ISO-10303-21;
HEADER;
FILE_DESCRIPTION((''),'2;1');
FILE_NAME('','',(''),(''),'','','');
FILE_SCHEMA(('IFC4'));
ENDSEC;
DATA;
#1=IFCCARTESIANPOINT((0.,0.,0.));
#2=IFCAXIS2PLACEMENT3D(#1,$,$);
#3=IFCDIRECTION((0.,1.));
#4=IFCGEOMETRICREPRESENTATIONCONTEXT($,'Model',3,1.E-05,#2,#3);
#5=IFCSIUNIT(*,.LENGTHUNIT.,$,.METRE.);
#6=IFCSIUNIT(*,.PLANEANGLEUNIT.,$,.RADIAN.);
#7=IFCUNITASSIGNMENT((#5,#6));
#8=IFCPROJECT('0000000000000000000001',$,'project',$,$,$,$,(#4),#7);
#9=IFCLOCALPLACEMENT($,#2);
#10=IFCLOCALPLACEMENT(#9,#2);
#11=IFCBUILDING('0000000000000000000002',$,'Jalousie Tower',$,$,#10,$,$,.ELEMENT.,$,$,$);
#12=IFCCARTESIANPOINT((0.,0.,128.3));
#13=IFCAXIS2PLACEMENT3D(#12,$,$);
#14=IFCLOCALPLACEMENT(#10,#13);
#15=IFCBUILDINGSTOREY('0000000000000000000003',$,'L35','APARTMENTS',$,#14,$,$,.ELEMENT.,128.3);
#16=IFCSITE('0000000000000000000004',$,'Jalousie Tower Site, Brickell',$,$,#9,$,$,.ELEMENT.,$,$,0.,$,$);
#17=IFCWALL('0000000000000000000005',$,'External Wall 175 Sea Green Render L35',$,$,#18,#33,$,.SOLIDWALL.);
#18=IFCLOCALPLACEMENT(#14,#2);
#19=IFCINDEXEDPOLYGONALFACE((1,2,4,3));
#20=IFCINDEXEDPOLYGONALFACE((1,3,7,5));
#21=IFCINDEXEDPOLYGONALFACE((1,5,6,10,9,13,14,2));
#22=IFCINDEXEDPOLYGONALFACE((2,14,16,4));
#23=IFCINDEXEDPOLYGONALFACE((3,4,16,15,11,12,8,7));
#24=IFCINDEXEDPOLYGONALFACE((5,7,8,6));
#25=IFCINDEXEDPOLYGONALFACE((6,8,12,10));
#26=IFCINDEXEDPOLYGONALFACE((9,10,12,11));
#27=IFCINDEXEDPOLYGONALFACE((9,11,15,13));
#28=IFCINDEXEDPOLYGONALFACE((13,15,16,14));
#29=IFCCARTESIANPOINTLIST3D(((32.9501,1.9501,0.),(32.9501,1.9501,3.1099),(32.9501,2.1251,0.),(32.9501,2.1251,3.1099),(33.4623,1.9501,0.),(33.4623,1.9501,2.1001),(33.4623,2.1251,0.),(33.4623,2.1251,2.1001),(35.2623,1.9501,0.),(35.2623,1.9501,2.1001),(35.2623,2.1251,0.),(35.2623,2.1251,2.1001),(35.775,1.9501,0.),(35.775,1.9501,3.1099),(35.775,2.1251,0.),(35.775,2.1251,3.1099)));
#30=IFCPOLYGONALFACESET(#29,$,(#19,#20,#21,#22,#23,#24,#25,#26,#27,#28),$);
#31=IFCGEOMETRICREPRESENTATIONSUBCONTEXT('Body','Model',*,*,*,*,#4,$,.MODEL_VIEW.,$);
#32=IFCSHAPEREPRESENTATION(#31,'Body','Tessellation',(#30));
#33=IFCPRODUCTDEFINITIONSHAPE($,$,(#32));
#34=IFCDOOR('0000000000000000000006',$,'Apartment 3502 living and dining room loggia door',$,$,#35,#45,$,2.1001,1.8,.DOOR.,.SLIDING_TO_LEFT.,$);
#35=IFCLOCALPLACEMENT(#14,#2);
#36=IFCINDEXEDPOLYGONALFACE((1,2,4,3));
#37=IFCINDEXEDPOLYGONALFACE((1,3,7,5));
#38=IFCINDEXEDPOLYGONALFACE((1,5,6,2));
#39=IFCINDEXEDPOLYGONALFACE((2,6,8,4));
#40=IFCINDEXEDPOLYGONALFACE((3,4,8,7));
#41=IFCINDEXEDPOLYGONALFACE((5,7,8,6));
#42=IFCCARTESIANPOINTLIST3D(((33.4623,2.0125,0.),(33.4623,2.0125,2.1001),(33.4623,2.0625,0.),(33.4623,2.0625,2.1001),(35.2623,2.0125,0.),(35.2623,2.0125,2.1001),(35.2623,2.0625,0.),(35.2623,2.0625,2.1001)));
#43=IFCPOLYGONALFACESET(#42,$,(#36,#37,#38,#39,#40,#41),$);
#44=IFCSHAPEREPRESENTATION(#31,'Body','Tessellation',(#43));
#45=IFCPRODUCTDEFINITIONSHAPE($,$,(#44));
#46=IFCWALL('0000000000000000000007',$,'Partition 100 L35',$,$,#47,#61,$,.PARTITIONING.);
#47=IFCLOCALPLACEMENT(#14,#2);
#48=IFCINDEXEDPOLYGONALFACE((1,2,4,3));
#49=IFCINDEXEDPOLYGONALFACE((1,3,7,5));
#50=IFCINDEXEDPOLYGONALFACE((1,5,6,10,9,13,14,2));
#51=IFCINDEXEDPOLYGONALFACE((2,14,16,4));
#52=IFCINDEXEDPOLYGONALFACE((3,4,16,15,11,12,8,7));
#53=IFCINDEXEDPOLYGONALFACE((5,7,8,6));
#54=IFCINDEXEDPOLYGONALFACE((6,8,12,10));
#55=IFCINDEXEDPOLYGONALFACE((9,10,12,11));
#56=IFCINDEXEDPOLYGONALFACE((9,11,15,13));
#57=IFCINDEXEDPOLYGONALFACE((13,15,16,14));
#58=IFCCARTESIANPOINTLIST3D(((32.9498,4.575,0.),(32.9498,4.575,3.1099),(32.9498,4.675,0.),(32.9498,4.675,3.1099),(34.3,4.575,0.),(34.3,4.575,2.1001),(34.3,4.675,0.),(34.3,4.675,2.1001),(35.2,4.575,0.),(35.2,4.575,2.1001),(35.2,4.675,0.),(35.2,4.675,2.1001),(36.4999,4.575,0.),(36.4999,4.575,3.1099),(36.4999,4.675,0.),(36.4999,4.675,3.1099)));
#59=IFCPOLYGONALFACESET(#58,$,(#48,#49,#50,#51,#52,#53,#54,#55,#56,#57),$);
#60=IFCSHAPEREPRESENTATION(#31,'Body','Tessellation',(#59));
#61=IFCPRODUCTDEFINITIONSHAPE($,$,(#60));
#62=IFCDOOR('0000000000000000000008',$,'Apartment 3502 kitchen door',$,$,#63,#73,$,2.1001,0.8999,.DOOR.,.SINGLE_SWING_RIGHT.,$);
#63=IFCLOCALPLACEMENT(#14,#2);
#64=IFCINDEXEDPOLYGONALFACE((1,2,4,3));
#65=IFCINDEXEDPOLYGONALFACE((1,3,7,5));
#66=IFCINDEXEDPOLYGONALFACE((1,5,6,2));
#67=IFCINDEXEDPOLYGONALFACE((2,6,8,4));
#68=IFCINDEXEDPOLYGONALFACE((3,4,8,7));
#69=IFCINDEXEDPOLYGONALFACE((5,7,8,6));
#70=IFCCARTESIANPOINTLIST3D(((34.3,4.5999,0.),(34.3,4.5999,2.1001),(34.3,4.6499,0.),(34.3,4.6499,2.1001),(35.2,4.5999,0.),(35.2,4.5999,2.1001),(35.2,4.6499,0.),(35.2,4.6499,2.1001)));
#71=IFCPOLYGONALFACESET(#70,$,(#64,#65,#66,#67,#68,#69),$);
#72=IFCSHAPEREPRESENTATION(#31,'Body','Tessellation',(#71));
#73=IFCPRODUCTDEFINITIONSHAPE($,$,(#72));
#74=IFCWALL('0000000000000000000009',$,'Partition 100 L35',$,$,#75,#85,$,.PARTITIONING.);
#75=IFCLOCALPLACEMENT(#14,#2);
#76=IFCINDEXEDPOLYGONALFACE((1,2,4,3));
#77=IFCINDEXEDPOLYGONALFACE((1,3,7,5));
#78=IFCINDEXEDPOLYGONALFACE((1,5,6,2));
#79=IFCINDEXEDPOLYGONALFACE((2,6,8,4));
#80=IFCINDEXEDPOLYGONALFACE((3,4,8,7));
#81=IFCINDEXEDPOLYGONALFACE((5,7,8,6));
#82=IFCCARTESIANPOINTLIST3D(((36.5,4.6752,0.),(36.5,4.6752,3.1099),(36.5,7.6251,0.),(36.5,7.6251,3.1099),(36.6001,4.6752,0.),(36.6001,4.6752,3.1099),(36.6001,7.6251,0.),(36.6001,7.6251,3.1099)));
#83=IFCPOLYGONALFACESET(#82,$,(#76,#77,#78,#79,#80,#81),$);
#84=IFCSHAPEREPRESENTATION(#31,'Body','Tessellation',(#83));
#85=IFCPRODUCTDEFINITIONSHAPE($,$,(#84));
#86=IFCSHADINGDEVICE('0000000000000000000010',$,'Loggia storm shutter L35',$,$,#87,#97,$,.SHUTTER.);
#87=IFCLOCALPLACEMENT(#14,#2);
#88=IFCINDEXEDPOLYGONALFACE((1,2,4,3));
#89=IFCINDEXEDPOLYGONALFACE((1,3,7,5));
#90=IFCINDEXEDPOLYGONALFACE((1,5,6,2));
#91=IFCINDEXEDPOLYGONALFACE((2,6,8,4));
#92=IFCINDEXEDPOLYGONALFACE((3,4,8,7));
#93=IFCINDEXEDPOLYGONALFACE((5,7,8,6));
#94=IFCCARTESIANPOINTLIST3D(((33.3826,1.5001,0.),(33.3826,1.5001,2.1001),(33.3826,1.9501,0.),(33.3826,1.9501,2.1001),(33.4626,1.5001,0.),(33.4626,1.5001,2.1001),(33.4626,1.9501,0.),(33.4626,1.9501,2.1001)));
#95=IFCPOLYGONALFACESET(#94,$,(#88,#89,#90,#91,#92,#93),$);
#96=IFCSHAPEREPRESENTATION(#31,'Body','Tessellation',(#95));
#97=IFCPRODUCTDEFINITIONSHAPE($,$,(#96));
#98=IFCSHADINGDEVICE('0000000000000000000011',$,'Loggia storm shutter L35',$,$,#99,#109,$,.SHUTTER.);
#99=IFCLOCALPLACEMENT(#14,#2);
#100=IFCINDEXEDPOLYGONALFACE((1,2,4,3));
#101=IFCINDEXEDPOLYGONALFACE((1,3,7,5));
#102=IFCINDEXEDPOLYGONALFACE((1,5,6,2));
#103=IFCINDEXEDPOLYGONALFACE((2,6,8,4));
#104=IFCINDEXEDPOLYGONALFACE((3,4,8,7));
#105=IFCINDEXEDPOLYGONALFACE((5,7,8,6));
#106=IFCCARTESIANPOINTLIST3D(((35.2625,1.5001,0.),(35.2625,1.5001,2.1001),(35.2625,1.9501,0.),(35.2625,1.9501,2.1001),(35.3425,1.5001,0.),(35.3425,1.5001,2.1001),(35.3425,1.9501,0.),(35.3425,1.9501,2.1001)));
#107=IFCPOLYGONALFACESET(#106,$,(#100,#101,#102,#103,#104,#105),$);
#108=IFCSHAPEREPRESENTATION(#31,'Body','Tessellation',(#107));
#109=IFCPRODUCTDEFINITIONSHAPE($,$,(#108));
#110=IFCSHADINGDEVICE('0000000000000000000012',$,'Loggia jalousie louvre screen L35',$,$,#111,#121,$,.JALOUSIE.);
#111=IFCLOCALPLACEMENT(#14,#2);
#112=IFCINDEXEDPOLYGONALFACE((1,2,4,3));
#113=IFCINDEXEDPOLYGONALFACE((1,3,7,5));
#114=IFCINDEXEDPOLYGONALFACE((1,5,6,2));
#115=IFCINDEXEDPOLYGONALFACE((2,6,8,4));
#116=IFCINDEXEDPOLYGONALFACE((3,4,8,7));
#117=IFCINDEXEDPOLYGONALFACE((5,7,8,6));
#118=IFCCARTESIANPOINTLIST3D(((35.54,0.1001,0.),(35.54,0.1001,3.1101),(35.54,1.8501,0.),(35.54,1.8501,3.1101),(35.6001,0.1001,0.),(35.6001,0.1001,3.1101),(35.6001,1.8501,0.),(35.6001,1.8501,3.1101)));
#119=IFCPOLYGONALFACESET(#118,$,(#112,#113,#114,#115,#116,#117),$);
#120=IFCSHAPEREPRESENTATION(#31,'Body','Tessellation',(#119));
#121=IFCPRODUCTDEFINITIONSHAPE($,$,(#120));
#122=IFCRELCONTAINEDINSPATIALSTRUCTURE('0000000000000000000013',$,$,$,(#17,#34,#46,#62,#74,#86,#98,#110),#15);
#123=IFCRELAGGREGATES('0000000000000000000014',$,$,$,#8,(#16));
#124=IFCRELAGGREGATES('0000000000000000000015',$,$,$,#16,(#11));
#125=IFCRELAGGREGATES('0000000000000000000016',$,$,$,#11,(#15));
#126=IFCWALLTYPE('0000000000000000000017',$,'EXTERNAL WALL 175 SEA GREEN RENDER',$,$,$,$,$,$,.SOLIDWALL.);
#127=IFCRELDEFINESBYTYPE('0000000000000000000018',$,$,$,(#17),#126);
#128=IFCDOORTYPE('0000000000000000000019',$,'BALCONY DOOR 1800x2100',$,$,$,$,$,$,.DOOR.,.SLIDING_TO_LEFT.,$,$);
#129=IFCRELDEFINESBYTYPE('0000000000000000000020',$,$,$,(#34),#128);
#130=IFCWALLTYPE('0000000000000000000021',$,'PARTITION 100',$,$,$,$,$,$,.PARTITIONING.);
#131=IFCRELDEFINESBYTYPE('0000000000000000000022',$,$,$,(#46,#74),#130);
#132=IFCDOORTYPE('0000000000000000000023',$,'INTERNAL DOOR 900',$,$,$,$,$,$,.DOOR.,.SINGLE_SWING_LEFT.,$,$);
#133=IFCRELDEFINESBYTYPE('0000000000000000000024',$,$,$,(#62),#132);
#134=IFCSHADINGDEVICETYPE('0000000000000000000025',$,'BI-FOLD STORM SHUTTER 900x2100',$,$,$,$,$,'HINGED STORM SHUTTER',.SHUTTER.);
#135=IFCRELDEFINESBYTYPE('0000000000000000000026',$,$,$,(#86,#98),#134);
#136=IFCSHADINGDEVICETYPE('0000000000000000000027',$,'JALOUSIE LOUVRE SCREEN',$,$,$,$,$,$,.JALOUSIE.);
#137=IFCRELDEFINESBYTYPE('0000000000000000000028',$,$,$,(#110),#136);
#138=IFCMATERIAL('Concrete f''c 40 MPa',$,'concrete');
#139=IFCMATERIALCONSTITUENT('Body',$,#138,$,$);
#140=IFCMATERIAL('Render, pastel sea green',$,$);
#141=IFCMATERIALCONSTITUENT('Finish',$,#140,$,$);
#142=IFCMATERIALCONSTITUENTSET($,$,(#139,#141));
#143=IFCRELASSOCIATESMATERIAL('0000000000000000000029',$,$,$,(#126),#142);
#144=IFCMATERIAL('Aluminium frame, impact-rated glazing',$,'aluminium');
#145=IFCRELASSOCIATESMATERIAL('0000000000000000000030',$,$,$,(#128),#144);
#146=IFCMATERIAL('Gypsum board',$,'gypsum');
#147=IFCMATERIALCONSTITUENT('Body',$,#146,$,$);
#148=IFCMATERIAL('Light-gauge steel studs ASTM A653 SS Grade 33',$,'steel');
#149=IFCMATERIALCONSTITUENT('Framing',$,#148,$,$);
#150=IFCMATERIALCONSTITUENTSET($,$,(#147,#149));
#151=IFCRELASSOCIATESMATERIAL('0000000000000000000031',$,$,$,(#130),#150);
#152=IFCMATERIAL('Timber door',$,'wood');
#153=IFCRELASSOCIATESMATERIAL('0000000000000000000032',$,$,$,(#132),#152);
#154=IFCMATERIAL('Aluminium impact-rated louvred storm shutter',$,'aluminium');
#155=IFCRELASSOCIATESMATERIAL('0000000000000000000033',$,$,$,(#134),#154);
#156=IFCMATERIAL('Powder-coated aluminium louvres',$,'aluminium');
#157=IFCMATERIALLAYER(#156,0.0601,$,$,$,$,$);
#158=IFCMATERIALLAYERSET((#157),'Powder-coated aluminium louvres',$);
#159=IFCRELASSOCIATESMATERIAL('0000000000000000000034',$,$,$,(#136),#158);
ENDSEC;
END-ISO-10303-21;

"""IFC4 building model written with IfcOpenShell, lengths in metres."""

from ifc_helpers import new_model, si_unit, direction, frame, frame_2d, origin, origin_2d, place, context, subcontext, project, spatial, rectangle, extrude, material, layer, layer_set, constituent, constituent_set, type_object, element, fill, save


model = new_model("IFC4")

# Units and contexts
model_context = context("Model", 3, precision=1e-05, world=origin(), true_north=direction((0.0, 1.0)))
body_context = subcontext(model_context, "Body", "Model", "MODEL_VIEW")
ifc_project = project(units=[si_unit("LENGTHUNIT", "METRE"), si_unit("PLANEANGLEUNIT", "RADIAN")], contexts=[model_context])

# Site, building, storey
site_placement = place(None, origin())
site = spatial("IfcSite", under=ifc_project, at=site_placement, Name="Jalousie Tower Site, Brickell", CompositionType="ELEMENT", RefElevation=0.0)
building_placement = place(site_placement, origin())
building = spatial("IfcBuilding", under=site, at=building_placement, Name="Jalousie Tower", CompositionType="ELEMENT")
storey_placement = place(building_placement, frame((0.0, 0.0, 128.3)))
storey = spatial("IfcBuildingStorey", under=building, at=storey_placement, Name="L35", Description="APARTMENTS", CompositionType="ELEMENT", Elevation=128.3)

# Walls, openings, doors
ifc_material_1 = material(Name="Concrete f'c 40 MPa", Category="concrete")
ifc_constituent_1 = constituent(ifc_material_1, Name="Body")
ifc_material_2 = material(Name="Render, pastel sea green")
ifc_constituent_2 = constituent(ifc_material_2, Name="Finish")
ifc_constituent_set_1 = constituent_set(constituents=[ifc_constituent_1, ifc_constituent_2])
wall_type_1 = type_object("IfcWallType", Name="EXTERNAL WALL 175 SEA GREEN RENDER", PredefinedType="SOLIDWALL", material=ifc_constituent_set_1)
wall_1_placement = place(storey_placement, frame((32.95, 2.0376, 0.0), z_axis=(0.0, 0.0, 1.0), x_axis=(1.0, 0.0, 0.0)))
wall_1 = element("IfcWall", 1, at=wall_1_placement, inside=storey, type_object=wall_type_1, Name="External Wall 175 Sea Green Render L35", PredefinedType="SOLIDWALL", context=body_context, shape_type="SweptSolid", body=[
    extrude(rectangle(XDim=2.825, YDim=0.175, at=frame_2d((1.4126, 0.0))), origin(), (0.0, 0.0, 1.0), 3.1099),
])
opening_1_placement = place(wall_1_placement, frame((0.5125, 0.0, 0.0)))
opening_1 = element("IfcOpeningElement", 2, at=opening_1_placement, cuts=wall_1, PredefinedType="OPENING", context=body_context, shape_type="SweptSolid", body=[
    extrude(rectangle(XDim=1.8, YDim=2.1001, at=frame_2d((0.8999, 1.05))), frame((0.0, 0.0974, 0.0), z_axis=(0.0, -1.0, 0.0), x_axis=(1.0, 0.0, 0.0)), (0.0, 0.0, 1.0), 0.1951),
])
ifc_material_3 = material(Name="Aluminium frame, impact-rated glazing", Category="aluminium")
door_type_1 = type_object("IfcDoorType", Name="BALCONY DOOR 1800x2100", OperationType="SLIDING_TO_LEFT", PredefinedType="DOOR", material=ifc_material_3)
door_1_placement = place(opening_1_placement, origin())
door_1 = element("IfcDoor", 3, at=door_1_placement, inside=storey, type_object=door_type_1, Name="Apartment 3502 living and dining room loggia door", OperationType="SLIDING_TO_LEFT", OverallHeight=2.1001, OverallWidth=1.8, PredefinedType="DOOR", context=body_context, shape_type="SweptSolid", body=[
    extrude(rectangle(XDim=1.8, YDim=2.1001, at=frame_2d((0.8999, 1.05))), frame((0.0, 0.0249, 0.0), z_axis=(0.0, -1.0, 0.0), x_axis=(1.0, 0.0, 0.0)), (0.0, 0.0, 1.0), 0.05),
])
fill(opening_1, door_1)
ifc_material_4 = material(Name="Gypsum board", Category="gypsum")
ifc_constituent_3 = constituent(ifc_material_4, Name="Body")
ifc_material_5 = material(Name="Light-gauge steel studs ASTM A653 SS Grade 33", Category="steel")
ifc_constituent_4 = constituent(ifc_material_5, Name="Framing")
ifc_constituent_set_2 = constituent_set(constituents=[ifc_constituent_3, ifc_constituent_4])
wall_type_2 = type_object("IfcWallType", Name="PARTITION 100", PredefinedType="PARTITIONING", material=ifc_constituent_set_2)
wall_2_placement = place(storey_placement, frame((32.95, 4.625, 0.0), z_axis=(0.0, 0.0, 1.0), x_axis=(1.0, 0.0, 0.0)))
wall_2 = element("IfcWall", 4, at=wall_2_placement, inside=storey, type_object=wall_type_2, Name="Partition 100 L35", PredefinedType="PARTITIONING", context=body_context, shape_type="SweptSolid", body=[
    extrude(rectangle(XDim=3.55, YDim=0.1001, at=frame_2d((1.7749, 0.0))), origin(), (0.0, 0.0, 1.0), 3.1099),
])
opening_2_placement = place(wall_2_placement, frame((1.3501, 0.0, 0.0)))
opening_2 = element("IfcOpeningElement", 5, at=opening_2_placement, cuts=wall_2, PredefinedType="OPENING", context=body_context, shape_type="SweptSolid", body=[
    extrude(rectangle(XDim=0.8999, YDim=2.1001, at=frame_2d((0.45, 1.05))), frame((0.0, 0.0601, 0.0), z_axis=(0.0, -1.0, 0.0), x_axis=(1.0, 0.0, 0.0)), (0.0, 0.0, 1.0), 0.1201),
])
ifc_material_6 = material(Name="Timber door", Category="wood")
door_type_2 = type_object("IfcDoorType", Name="INTERNAL DOOR 900", OperationType="SINGLE_SWING_LEFT", PredefinedType="DOOR", material=ifc_material_6)
door_2_placement = place(opening_2_placement, origin())
door_2 = element("IfcDoor", 6, at=door_2_placement, inside=storey, type_object=door_type_2, Name="Apartment 3502 kitchen door", OperationType="SINGLE_SWING_RIGHT", OverallHeight=2.1001, OverallWidth=0.8999, PredefinedType="DOOR", context=body_context, shape_type="SweptSolid", body=[
    extrude(rectangle(XDim=0.8999, YDim=2.1001, at=frame_2d((0.45, 1.05))), frame((0.0, 0.0249, 0.0), z_axis=(0.0, -1.0, 0.0), x_axis=(1.0, 0.0, 0.0)), (0.0, 0.0, 1.0), 0.05),
])
fill(opening_2, door_2)

# Wall
wall_3_placement = place(storey_placement, frame((36.55, 4.675, 0.0), z_axis=(0.0, 0.0, 1.0), x_axis=(0.0, 1.0, 0.0)))
element("IfcWall", 7, at=wall_3_placement, inside=storey, type_object=wall_type_2, Name="Partition 100 L35", PredefinedType="PARTITIONING", context=body_context, shape_type="SweptSolid", body=[
    extrude(rectangle(XDim=2.95, YDim=0.1001, at=frame_2d((1.4751, 0.0))), origin(), (0.0, 0.0, 1.0), 3.1099),
])

# Shading devices
ifc_material_7 = material(Name="Aluminium impact-rated louvred storm shutter", Category="aluminium")
shading_device_type_1 = type_object("IfcShadingDeviceType", Name="BI-FOLD STORM SHUTTER 900x2100", ElementType="HINGED STORM SHUTTER", PredefinedType="SHUTTER", material=ifc_material_7)
for number, where, z_axis, x_axis, name in (
    (8, (33.4226, 1.7251, 0.0), (0.0, 0.0, 1.0), (0.0, 1.0, 0.0), "Loggia storm shutter L35"),
    (9, (35.3025, 1.7251, 0.0), (0.0, 0.0, 1.0), (0.0, 1.0, 0.0), "Loggia storm shutter L35"),
):
    element("IfcShadingDevice", number, at=place(storey_placement, frame(where, z_axis=z_axis, x_axis=x_axis)), inside=storey, type_object=shading_device_type_1, Name=name, PredefinedType="SHUTTER", context=body_context, shape_type="SweptSolid", body=[
        extrude(rectangle(XDim=0.45, YDim=0.0801, at=origin_2d()), origin(), (0.0, 0.0, 1.0), 2.1001),
    ])
ifc_material_8 = material(Name="Powder-coated aluminium louvres", Category="aluminium")
ifc_layer_1 = layer(ifc_material_8, 0.0601)
ifc_layer_set_1 = layer_set([ifc_layer_1], Name="Powder-coated aluminium louvres")
shading_device_type_2 = type_object("IfcShadingDeviceType", Name="JALOUSIE LOUVRE SCREEN", PredefinedType="JALOUSIE", material=ifc_layer_set_1)
shading_device_placement = place(storey_placement, frame((35.5701, 0.9751, 0.0), z_axis=(0.0, 0.0, 1.0), x_axis=(1.0, 0.0, 0.0)))
element("IfcShadingDevice", 10, at=shading_device_placement, inside=storey, type_object=shading_device_type_2, Name="Loggia jalousie louvre screen L35", PredefinedType="JALOUSIE", context=body_context, shape_type="SweptSolid", body=[
    extrude(rectangle(XDim=0.0601, YDim=1.75, at=origin_2d()), origin(), (0.0, 0.0, 1.0), 3.1101),
])

save(model, "model.ifc")
